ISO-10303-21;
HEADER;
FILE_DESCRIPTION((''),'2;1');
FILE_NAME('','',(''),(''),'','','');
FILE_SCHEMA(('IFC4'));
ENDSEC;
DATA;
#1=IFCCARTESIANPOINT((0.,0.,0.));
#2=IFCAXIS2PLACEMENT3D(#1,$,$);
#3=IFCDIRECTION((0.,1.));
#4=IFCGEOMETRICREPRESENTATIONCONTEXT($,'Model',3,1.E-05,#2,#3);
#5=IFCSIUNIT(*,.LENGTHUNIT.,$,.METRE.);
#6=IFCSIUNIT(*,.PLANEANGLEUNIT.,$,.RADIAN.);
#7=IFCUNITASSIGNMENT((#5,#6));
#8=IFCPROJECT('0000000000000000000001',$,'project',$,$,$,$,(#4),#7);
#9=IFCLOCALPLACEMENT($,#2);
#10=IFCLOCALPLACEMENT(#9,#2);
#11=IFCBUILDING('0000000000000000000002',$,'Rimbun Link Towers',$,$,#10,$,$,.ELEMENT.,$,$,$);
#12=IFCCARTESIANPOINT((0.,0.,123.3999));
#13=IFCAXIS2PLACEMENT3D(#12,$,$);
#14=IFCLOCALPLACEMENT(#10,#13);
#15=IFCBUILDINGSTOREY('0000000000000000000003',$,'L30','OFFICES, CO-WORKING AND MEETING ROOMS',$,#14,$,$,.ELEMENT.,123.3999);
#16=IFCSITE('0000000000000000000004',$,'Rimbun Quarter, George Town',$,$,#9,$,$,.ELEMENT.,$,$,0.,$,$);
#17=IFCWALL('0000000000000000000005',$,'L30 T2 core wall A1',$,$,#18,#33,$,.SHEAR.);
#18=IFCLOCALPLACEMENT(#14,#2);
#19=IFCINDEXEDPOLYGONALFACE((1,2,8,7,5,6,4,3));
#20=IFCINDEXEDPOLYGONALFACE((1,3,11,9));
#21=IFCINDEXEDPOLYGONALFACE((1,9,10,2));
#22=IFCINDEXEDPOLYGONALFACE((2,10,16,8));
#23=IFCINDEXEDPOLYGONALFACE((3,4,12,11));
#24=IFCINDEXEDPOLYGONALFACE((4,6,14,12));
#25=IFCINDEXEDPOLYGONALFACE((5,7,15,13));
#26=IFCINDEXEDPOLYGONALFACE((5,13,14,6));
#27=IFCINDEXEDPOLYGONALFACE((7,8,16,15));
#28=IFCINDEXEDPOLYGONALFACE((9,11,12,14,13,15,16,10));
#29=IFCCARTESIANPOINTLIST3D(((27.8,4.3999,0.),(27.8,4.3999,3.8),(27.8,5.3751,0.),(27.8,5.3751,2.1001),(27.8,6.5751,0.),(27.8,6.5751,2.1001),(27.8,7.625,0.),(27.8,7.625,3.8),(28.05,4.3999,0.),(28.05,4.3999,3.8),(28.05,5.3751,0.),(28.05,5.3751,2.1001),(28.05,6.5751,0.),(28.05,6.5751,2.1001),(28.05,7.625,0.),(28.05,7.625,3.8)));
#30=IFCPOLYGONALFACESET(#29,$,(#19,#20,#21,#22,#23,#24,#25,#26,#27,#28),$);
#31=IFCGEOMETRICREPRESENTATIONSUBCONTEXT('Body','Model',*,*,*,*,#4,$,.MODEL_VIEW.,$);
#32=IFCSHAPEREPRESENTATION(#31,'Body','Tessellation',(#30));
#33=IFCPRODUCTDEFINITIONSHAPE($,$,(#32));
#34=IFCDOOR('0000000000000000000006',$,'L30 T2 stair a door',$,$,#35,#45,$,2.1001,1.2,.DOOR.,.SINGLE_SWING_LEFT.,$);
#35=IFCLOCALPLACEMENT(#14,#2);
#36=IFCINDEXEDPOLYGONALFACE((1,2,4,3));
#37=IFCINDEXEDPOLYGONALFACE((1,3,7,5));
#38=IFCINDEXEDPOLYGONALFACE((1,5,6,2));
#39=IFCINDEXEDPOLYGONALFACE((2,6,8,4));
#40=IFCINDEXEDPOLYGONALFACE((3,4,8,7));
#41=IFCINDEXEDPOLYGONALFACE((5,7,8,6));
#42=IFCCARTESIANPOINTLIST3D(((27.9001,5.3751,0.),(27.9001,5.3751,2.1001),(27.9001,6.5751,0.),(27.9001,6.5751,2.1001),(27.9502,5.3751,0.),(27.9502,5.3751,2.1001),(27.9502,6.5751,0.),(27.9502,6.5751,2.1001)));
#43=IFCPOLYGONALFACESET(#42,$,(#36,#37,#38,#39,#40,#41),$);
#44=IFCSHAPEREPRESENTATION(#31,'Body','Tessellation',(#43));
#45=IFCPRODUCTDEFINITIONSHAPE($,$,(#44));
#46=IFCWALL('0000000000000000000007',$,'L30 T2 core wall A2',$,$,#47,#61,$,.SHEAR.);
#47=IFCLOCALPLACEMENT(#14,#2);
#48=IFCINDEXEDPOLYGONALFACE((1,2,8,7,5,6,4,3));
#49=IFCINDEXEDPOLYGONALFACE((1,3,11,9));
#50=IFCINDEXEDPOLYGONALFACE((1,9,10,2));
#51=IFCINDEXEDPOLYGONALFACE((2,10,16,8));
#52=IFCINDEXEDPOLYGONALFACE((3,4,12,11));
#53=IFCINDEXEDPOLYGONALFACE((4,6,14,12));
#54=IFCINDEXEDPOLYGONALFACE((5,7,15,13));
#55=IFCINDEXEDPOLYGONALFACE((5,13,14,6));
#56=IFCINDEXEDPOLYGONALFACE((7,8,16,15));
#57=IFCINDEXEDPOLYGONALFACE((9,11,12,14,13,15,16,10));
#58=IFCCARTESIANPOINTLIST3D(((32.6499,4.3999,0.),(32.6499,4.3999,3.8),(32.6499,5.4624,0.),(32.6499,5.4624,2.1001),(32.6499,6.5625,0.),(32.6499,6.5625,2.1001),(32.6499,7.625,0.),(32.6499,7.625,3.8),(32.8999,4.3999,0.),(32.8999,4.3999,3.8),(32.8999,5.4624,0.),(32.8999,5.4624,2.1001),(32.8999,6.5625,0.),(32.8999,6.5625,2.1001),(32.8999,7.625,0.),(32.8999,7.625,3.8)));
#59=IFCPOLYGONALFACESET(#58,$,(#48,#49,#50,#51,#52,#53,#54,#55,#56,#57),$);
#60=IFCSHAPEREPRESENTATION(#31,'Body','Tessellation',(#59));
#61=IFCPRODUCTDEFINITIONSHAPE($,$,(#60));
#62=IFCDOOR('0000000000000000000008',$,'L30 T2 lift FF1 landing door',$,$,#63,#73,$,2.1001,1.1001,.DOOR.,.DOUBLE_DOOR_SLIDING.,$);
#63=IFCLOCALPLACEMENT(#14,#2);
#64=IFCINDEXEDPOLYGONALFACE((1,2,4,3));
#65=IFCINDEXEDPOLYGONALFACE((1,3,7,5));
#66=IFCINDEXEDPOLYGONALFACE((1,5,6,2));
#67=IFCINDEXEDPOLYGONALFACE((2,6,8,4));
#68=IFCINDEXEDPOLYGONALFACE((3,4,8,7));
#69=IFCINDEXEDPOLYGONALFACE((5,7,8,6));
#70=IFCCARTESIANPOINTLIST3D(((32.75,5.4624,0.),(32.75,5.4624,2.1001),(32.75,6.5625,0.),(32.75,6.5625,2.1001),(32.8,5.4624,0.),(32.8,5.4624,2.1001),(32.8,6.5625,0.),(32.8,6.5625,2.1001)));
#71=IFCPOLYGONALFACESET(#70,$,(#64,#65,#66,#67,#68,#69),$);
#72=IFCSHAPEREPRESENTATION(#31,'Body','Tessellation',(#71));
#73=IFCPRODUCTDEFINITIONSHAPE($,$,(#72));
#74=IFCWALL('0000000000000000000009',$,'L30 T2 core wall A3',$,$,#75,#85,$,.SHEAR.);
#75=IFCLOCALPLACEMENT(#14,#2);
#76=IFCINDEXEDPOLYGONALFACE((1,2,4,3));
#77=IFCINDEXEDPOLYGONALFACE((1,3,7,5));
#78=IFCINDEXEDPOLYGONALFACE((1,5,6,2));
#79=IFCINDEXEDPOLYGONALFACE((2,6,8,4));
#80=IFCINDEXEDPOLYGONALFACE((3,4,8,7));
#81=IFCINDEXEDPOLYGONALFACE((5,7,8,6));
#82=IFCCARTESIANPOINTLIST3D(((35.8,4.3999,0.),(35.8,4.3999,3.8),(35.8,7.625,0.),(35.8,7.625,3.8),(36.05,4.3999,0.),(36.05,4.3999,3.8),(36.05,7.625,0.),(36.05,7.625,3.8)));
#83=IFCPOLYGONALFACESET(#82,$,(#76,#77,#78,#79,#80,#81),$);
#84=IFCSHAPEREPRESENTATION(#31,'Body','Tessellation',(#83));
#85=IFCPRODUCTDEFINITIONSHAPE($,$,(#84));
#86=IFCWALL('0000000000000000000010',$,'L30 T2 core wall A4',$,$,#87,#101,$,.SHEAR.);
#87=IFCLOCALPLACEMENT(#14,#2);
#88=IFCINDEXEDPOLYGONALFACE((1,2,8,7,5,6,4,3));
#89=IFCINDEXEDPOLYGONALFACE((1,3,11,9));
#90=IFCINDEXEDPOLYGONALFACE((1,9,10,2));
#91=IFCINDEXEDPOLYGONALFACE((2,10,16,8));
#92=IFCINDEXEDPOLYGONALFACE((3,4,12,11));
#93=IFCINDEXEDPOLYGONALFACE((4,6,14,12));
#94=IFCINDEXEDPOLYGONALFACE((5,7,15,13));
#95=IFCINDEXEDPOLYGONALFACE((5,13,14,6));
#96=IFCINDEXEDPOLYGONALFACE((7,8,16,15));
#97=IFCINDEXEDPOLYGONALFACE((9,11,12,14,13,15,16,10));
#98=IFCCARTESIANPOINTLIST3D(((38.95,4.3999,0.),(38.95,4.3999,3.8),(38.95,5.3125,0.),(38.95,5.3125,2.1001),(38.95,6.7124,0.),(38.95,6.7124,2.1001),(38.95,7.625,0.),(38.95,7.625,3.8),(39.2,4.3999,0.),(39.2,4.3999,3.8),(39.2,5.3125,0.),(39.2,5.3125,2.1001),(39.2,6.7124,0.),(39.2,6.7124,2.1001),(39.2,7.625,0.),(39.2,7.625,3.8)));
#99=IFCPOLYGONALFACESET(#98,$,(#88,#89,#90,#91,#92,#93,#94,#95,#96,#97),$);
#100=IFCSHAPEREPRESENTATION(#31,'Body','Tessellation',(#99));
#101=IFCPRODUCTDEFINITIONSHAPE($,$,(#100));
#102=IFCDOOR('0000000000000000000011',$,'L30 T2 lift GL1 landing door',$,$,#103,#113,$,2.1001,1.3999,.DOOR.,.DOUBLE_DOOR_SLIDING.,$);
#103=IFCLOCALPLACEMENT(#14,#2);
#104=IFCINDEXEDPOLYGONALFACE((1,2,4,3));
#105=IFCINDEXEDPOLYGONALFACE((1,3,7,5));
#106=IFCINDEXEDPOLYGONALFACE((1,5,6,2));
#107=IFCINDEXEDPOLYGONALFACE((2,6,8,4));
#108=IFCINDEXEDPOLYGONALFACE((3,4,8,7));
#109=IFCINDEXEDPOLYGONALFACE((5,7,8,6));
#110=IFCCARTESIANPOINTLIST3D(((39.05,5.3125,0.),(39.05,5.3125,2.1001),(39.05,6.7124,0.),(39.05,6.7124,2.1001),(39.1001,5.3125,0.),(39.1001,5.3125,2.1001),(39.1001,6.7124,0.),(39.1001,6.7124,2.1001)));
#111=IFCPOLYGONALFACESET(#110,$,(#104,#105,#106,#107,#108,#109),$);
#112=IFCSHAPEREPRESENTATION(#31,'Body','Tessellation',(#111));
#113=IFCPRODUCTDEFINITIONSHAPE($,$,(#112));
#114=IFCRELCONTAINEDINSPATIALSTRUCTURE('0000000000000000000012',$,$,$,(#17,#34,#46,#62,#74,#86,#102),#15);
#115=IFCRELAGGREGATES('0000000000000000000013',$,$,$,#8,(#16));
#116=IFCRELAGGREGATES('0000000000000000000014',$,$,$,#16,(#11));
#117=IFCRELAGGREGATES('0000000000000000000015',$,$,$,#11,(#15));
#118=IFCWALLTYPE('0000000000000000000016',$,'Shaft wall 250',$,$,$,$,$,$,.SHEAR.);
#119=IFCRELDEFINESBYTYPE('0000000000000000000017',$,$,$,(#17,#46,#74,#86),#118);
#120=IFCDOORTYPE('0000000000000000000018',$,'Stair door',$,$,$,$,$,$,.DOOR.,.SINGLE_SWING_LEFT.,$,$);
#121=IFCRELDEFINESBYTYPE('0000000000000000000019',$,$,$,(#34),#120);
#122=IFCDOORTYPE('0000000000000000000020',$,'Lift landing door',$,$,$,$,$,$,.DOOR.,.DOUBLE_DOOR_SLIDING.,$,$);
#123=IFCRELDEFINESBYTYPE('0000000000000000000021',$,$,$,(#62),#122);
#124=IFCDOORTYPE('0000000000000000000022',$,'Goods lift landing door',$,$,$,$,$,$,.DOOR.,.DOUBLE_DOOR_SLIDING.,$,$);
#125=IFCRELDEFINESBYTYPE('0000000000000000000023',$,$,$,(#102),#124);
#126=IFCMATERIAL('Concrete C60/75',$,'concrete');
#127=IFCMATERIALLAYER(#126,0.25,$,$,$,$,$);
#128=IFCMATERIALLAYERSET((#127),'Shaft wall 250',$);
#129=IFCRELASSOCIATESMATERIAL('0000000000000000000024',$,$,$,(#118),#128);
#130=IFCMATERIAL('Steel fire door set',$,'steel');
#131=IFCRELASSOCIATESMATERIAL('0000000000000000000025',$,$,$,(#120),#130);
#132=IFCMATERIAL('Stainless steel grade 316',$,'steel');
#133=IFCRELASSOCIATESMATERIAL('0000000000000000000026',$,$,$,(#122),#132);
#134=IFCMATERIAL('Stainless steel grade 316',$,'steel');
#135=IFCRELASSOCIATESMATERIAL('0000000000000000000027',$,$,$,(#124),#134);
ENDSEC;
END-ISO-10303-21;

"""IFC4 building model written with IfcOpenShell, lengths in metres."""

from ifc_helpers import new_model, si_unit, direction, frame, frame_2d, origin, place, context, subcontext, project, spatial, rectangle, extrude, material, layer, layer_set, type_object, element, fill, save


model = new_model("IFC4")

# Units and contexts
model_context = context("Model", 3, precision=1e-05, world=origin(), true_north=direction((0.0, 1.0)))
body_context = subcontext(model_context, "Body", "Model", "MODEL_VIEW")
ifc_project = project(units=[si_unit("LENGTHUNIT", "METRE"), si_unit("PLANEANGLEUNIT", "RADIAN")], contexts=[model_context])

# Site, building, storey
site_placement = place(None, origin())
site = spatial("IfcSite", under=ifc_project, at=site_placement, Name="Rimbun Quarter, George Town", CompositionType="ELEMENT", RefElevation=0.0)
building_placement = place(site_placement, origin())
building = spatial("IfcBuilding", under=site, at=building_placement, Name="Rimbun Link Towers", CompositionType="ELEMENT")
storey_placement = place(building_placement, frame((0.0, 0.0, 123.3999)))
storey = spatial("IfcBuildingStorey", under=building, at=storey_placement, Name="L30", Description="OFFICES, CO-WORKING AND MEETING ROOMS", CompositionType="ELEMENT", Elevation=123.3999)

# Shared definitions
ifc_material_1 = material(Name="Concrete C60/75", Category="concrete")
ifc_layer = layer(ifc_material_1, 0.25)
ifc_layer_set = layer_set([ifc_layer], Name="Shaft wall 250")
wall_type = type_object("IfcWallType", Name="Shaft wall 250", PredefinedType="SHEAR", material=ifc_layer_set)

# Walls, openings, doors
wall_1_placement = place(storey_placement, frame((27.925, 4.3999, 0.0), z_axis=(0.0, 0.0, 1.0), x_axis=(0.0, 1.0, 0.0)))
wall_1 = element("IfcWall", 1, at=wall_1_placement, inside=storey, type_object=wall_type, Name="L30 T2 core wall A1", PredefinedType="SHEAR", context=body_context, shape_type="SweptSolid", body=[
    extrude(rectangle(XDim=3.2251, YDim=0.25, at=frame_2d((1.6125, 0.0))), origin(), (0.0, 0.0, 1.0), 3.8),
])
opening_1_placement = place(wall_1_placement, frame((0.9751, 0.0, 0.0)))
opening_1 = element("IfcOpeningElement", 2, at=opening_1_placement, cuts=wall_1, PredefinedType="OPENING", context=body_context, shape_type="SweptSolid", body=[
    extrude(rectangle(XDim=1.2, YDim=2.1001, at=frame_2d((0.6001, 1.05))), frame((0.0, 0.135, 0.0), z_axis=(0.0, -1.0, 0.0), x_axis=(1.0, 0.0, 0.0)), (0.0, 0.0, 1.0), 0.27),
])
ifc_material_2 = material(Name="Steel fire door set", Category="steel")
door_type_1 = type_object("IfcDoorType", Name="Stair door", OperationType="SINGLE_SWING_LEFT", PredefinedType="DOOR", material=ifc_material_2)
door_1_placement = place(opening_1_placement, origin())
door_1 = element("IfcDoor", 3, at=door_1_placement, inside=storey, type_object=door_type_1, Name="L30 T2 stair a door", OperationType="SINGLE_SWING_LEFT", OverallHeight=2.1001, OverallWidth=1.2, PredefinedType="DOOR", context=body_context, shape_type="SweptSolid", body=[
    extrude(rectangle(XDim=1.2, YDim=2.1001, at=frame_2d((0.6001, 1.05))), frame((0.0, 0.0249, 0.0), z_axis=(0.0, -1.0, 0.0), x_axis=(1.0, 0.0, 0.0)), (0.0, 0.0, 1.0), 0.05),
])
fill(opening_1, door_1)
wall_2_placement = place(storey_placement, frame((32.7749, 4.3999, 0.0), z_axis=(0.0, 0.0, 1.0), x_axis=(0.0, 1.0, 0.0)))
wall_2 = element("IfcWall", 4, at=wall_2_placement, inside=storey, type_object=wall_type, Name="L30 T2 core wall A2", PredefinedType="SHEAR", context=body_context, shape_type="SweptSolid", body=[
    extrude(rectangle(XDim=3.2251, YDim=0.25, at=frame_2d((1.6125, 0.0))), origin(), (0.0, 0.0, 1.0), 3.8),
])
opening_2_placement = place(wall_2_placement, frame((1.0625, 0.0, 0.0)))
opening_2 = element("IfcOpeningElement", 5, at=opening_2_placement, cuts=wall_2, PredefinedType="OPENING", context=body_context, shape_type="SweptSolid", body=[
    extrude(rectangle(XDim=1.1001, YDim=2.1001, at=frame_2d((0.55, 1.05))), frame((0.0, 0.135, 0.0), z_axis=(0.0, -1.0, 0.0), x_axis=(1.0, 0.0, 0.0)), (0.0, 0.0, 1.0), 0.27),
])
ifc_material_3 = material(Name="Stainless steel grade 316", Category="steel")
door_type_2 = type_object("IfcDoorType", Name="Lift landing door", OperationType="DOUBLE_DOOR_SLIDING", PredefinedType="DOOR", material=ifc_material_3)
door_2_placement = place(opening_2_placement, origin())
door_2 = element("IfcDoor", 6, at=door_2_placement, inside=storey, type_object=door_type_2, Name="L30 T2 lift FF1 landing door", OperationType="DOUBLE_DOOR_SLIDING", OverallHeight=2.1001, OverallWidth=1.1001, PredefinedType="DOOR", context=body_context, shape_type="SweptSolid", body=[
    extrude(rectangle(XDim=1.1001, YDim=2.1001, at=frame_2d((0.55, 1.05))), frame((0.0, 0.0249, 0.0), z_axis=(0.0, -1.0, 0.0), x_axis=(1.0, 0.0, 0.0)), (0.0, 0.0, 1.0), 0.05),
])
fill(opening_2, door_2)

# Wall
wall_3_placement = place(storey_placement, frame((35.925, 4.3999, 0.0), z_axis=(0.0, 0.0, 1.0), x_axis=(0.0, 1.0, 0.0)))
element("IfcWall", 7, at=wall_3_placement, inside=storey, type_object=wall_type, Name="L30 T2 core wall A3", PredefinedType="SHEAR", context=body_context, shape_type="SweptSolid", body=[
    extrude(rectangle(XDim=3.2251, YDim=0.25, at=frame_2d((1.6125, 0.0))), origin(), (0.0, 0.0, 1.0), 3.8),
])

# Wall, opening, door
wall_4_placement = place(storey_placement, frame((39.075, 4.3999, 0.0), z_axis=(0.0, 0.0, 1.0), x_axis=(0.0, 1.0, 0.0)))
wall_4 = element("IfcWall", 8, at=wall_4_placement, inside=storey, type_object=wall_type, Name="L30 T2 core wall A4", PredefinedType="SHEAR", context=body_context, shape_type="SweptSolid", body=[
    extrude(rectangle(XDim=3.2251, YDim=0.25, at=frame_2d((1.6125, 0.0))), origin(), (0.0, 0.0, 1.0), 3.8),
])
opening_3_placement = place(wall_4_placement, frame((0.9126, 0.0, 0.0)))
opening_3 = element("IfcOpeningElement", 9, at=opening_3_placement, cuts=wall_4, PredefinedType="OPENING", context=body_context, shape_type="SweptSolid", body=[
    extrude(rectangle(XDim=1.3999, YDim=2.1001, at=frame_2d((0.7, 1.05))), frame((0.0, 0.135, 0.0), z_axis=(0.0, -1.0, 0.0), x_axis=(1.0, 0.0, 0.0)), (0.0, 0.0, 1.0), 0.27),
])
ifc_material_4 = material(Name="Stainless steel grade 316", Category="steel")
door_type_3 = type_object("IfcDoorType", Name="Goods lift landing door", OperationType="DOUBLE_DOOR_SLIDING", PredefinedType="DOOR", material=ifc_material_4)
door_3_placement = place(opening_3_placement, origin())
door_3 = element("IfcDoor", 10, at=door_3_placement, inside=storey, type_object=door_type_3, Name="L30 T2 lift GL1 landing door", OperationType="DOUBLE_DOOR_SLIDING", OverallHeight=2.1001, OverallWidth=1.3999, PredefinedType="DOOR", context=body_context, shape_type="SweptSolid", body=[
    extrude(rectangle(XDim=1.3999, YDim=2.1001, at=frame_2d((0.7, 1.05))), frame((0.0, 0.0249, 0.0), z_axis=(0.0, -1.0, 0.0), x_axis=(1.0, 0.0, 0.0)), (0.0, 0.0, 1.0), 0.05),
])
fill(opening_3, door_3)

save(model, "model.ifc")
